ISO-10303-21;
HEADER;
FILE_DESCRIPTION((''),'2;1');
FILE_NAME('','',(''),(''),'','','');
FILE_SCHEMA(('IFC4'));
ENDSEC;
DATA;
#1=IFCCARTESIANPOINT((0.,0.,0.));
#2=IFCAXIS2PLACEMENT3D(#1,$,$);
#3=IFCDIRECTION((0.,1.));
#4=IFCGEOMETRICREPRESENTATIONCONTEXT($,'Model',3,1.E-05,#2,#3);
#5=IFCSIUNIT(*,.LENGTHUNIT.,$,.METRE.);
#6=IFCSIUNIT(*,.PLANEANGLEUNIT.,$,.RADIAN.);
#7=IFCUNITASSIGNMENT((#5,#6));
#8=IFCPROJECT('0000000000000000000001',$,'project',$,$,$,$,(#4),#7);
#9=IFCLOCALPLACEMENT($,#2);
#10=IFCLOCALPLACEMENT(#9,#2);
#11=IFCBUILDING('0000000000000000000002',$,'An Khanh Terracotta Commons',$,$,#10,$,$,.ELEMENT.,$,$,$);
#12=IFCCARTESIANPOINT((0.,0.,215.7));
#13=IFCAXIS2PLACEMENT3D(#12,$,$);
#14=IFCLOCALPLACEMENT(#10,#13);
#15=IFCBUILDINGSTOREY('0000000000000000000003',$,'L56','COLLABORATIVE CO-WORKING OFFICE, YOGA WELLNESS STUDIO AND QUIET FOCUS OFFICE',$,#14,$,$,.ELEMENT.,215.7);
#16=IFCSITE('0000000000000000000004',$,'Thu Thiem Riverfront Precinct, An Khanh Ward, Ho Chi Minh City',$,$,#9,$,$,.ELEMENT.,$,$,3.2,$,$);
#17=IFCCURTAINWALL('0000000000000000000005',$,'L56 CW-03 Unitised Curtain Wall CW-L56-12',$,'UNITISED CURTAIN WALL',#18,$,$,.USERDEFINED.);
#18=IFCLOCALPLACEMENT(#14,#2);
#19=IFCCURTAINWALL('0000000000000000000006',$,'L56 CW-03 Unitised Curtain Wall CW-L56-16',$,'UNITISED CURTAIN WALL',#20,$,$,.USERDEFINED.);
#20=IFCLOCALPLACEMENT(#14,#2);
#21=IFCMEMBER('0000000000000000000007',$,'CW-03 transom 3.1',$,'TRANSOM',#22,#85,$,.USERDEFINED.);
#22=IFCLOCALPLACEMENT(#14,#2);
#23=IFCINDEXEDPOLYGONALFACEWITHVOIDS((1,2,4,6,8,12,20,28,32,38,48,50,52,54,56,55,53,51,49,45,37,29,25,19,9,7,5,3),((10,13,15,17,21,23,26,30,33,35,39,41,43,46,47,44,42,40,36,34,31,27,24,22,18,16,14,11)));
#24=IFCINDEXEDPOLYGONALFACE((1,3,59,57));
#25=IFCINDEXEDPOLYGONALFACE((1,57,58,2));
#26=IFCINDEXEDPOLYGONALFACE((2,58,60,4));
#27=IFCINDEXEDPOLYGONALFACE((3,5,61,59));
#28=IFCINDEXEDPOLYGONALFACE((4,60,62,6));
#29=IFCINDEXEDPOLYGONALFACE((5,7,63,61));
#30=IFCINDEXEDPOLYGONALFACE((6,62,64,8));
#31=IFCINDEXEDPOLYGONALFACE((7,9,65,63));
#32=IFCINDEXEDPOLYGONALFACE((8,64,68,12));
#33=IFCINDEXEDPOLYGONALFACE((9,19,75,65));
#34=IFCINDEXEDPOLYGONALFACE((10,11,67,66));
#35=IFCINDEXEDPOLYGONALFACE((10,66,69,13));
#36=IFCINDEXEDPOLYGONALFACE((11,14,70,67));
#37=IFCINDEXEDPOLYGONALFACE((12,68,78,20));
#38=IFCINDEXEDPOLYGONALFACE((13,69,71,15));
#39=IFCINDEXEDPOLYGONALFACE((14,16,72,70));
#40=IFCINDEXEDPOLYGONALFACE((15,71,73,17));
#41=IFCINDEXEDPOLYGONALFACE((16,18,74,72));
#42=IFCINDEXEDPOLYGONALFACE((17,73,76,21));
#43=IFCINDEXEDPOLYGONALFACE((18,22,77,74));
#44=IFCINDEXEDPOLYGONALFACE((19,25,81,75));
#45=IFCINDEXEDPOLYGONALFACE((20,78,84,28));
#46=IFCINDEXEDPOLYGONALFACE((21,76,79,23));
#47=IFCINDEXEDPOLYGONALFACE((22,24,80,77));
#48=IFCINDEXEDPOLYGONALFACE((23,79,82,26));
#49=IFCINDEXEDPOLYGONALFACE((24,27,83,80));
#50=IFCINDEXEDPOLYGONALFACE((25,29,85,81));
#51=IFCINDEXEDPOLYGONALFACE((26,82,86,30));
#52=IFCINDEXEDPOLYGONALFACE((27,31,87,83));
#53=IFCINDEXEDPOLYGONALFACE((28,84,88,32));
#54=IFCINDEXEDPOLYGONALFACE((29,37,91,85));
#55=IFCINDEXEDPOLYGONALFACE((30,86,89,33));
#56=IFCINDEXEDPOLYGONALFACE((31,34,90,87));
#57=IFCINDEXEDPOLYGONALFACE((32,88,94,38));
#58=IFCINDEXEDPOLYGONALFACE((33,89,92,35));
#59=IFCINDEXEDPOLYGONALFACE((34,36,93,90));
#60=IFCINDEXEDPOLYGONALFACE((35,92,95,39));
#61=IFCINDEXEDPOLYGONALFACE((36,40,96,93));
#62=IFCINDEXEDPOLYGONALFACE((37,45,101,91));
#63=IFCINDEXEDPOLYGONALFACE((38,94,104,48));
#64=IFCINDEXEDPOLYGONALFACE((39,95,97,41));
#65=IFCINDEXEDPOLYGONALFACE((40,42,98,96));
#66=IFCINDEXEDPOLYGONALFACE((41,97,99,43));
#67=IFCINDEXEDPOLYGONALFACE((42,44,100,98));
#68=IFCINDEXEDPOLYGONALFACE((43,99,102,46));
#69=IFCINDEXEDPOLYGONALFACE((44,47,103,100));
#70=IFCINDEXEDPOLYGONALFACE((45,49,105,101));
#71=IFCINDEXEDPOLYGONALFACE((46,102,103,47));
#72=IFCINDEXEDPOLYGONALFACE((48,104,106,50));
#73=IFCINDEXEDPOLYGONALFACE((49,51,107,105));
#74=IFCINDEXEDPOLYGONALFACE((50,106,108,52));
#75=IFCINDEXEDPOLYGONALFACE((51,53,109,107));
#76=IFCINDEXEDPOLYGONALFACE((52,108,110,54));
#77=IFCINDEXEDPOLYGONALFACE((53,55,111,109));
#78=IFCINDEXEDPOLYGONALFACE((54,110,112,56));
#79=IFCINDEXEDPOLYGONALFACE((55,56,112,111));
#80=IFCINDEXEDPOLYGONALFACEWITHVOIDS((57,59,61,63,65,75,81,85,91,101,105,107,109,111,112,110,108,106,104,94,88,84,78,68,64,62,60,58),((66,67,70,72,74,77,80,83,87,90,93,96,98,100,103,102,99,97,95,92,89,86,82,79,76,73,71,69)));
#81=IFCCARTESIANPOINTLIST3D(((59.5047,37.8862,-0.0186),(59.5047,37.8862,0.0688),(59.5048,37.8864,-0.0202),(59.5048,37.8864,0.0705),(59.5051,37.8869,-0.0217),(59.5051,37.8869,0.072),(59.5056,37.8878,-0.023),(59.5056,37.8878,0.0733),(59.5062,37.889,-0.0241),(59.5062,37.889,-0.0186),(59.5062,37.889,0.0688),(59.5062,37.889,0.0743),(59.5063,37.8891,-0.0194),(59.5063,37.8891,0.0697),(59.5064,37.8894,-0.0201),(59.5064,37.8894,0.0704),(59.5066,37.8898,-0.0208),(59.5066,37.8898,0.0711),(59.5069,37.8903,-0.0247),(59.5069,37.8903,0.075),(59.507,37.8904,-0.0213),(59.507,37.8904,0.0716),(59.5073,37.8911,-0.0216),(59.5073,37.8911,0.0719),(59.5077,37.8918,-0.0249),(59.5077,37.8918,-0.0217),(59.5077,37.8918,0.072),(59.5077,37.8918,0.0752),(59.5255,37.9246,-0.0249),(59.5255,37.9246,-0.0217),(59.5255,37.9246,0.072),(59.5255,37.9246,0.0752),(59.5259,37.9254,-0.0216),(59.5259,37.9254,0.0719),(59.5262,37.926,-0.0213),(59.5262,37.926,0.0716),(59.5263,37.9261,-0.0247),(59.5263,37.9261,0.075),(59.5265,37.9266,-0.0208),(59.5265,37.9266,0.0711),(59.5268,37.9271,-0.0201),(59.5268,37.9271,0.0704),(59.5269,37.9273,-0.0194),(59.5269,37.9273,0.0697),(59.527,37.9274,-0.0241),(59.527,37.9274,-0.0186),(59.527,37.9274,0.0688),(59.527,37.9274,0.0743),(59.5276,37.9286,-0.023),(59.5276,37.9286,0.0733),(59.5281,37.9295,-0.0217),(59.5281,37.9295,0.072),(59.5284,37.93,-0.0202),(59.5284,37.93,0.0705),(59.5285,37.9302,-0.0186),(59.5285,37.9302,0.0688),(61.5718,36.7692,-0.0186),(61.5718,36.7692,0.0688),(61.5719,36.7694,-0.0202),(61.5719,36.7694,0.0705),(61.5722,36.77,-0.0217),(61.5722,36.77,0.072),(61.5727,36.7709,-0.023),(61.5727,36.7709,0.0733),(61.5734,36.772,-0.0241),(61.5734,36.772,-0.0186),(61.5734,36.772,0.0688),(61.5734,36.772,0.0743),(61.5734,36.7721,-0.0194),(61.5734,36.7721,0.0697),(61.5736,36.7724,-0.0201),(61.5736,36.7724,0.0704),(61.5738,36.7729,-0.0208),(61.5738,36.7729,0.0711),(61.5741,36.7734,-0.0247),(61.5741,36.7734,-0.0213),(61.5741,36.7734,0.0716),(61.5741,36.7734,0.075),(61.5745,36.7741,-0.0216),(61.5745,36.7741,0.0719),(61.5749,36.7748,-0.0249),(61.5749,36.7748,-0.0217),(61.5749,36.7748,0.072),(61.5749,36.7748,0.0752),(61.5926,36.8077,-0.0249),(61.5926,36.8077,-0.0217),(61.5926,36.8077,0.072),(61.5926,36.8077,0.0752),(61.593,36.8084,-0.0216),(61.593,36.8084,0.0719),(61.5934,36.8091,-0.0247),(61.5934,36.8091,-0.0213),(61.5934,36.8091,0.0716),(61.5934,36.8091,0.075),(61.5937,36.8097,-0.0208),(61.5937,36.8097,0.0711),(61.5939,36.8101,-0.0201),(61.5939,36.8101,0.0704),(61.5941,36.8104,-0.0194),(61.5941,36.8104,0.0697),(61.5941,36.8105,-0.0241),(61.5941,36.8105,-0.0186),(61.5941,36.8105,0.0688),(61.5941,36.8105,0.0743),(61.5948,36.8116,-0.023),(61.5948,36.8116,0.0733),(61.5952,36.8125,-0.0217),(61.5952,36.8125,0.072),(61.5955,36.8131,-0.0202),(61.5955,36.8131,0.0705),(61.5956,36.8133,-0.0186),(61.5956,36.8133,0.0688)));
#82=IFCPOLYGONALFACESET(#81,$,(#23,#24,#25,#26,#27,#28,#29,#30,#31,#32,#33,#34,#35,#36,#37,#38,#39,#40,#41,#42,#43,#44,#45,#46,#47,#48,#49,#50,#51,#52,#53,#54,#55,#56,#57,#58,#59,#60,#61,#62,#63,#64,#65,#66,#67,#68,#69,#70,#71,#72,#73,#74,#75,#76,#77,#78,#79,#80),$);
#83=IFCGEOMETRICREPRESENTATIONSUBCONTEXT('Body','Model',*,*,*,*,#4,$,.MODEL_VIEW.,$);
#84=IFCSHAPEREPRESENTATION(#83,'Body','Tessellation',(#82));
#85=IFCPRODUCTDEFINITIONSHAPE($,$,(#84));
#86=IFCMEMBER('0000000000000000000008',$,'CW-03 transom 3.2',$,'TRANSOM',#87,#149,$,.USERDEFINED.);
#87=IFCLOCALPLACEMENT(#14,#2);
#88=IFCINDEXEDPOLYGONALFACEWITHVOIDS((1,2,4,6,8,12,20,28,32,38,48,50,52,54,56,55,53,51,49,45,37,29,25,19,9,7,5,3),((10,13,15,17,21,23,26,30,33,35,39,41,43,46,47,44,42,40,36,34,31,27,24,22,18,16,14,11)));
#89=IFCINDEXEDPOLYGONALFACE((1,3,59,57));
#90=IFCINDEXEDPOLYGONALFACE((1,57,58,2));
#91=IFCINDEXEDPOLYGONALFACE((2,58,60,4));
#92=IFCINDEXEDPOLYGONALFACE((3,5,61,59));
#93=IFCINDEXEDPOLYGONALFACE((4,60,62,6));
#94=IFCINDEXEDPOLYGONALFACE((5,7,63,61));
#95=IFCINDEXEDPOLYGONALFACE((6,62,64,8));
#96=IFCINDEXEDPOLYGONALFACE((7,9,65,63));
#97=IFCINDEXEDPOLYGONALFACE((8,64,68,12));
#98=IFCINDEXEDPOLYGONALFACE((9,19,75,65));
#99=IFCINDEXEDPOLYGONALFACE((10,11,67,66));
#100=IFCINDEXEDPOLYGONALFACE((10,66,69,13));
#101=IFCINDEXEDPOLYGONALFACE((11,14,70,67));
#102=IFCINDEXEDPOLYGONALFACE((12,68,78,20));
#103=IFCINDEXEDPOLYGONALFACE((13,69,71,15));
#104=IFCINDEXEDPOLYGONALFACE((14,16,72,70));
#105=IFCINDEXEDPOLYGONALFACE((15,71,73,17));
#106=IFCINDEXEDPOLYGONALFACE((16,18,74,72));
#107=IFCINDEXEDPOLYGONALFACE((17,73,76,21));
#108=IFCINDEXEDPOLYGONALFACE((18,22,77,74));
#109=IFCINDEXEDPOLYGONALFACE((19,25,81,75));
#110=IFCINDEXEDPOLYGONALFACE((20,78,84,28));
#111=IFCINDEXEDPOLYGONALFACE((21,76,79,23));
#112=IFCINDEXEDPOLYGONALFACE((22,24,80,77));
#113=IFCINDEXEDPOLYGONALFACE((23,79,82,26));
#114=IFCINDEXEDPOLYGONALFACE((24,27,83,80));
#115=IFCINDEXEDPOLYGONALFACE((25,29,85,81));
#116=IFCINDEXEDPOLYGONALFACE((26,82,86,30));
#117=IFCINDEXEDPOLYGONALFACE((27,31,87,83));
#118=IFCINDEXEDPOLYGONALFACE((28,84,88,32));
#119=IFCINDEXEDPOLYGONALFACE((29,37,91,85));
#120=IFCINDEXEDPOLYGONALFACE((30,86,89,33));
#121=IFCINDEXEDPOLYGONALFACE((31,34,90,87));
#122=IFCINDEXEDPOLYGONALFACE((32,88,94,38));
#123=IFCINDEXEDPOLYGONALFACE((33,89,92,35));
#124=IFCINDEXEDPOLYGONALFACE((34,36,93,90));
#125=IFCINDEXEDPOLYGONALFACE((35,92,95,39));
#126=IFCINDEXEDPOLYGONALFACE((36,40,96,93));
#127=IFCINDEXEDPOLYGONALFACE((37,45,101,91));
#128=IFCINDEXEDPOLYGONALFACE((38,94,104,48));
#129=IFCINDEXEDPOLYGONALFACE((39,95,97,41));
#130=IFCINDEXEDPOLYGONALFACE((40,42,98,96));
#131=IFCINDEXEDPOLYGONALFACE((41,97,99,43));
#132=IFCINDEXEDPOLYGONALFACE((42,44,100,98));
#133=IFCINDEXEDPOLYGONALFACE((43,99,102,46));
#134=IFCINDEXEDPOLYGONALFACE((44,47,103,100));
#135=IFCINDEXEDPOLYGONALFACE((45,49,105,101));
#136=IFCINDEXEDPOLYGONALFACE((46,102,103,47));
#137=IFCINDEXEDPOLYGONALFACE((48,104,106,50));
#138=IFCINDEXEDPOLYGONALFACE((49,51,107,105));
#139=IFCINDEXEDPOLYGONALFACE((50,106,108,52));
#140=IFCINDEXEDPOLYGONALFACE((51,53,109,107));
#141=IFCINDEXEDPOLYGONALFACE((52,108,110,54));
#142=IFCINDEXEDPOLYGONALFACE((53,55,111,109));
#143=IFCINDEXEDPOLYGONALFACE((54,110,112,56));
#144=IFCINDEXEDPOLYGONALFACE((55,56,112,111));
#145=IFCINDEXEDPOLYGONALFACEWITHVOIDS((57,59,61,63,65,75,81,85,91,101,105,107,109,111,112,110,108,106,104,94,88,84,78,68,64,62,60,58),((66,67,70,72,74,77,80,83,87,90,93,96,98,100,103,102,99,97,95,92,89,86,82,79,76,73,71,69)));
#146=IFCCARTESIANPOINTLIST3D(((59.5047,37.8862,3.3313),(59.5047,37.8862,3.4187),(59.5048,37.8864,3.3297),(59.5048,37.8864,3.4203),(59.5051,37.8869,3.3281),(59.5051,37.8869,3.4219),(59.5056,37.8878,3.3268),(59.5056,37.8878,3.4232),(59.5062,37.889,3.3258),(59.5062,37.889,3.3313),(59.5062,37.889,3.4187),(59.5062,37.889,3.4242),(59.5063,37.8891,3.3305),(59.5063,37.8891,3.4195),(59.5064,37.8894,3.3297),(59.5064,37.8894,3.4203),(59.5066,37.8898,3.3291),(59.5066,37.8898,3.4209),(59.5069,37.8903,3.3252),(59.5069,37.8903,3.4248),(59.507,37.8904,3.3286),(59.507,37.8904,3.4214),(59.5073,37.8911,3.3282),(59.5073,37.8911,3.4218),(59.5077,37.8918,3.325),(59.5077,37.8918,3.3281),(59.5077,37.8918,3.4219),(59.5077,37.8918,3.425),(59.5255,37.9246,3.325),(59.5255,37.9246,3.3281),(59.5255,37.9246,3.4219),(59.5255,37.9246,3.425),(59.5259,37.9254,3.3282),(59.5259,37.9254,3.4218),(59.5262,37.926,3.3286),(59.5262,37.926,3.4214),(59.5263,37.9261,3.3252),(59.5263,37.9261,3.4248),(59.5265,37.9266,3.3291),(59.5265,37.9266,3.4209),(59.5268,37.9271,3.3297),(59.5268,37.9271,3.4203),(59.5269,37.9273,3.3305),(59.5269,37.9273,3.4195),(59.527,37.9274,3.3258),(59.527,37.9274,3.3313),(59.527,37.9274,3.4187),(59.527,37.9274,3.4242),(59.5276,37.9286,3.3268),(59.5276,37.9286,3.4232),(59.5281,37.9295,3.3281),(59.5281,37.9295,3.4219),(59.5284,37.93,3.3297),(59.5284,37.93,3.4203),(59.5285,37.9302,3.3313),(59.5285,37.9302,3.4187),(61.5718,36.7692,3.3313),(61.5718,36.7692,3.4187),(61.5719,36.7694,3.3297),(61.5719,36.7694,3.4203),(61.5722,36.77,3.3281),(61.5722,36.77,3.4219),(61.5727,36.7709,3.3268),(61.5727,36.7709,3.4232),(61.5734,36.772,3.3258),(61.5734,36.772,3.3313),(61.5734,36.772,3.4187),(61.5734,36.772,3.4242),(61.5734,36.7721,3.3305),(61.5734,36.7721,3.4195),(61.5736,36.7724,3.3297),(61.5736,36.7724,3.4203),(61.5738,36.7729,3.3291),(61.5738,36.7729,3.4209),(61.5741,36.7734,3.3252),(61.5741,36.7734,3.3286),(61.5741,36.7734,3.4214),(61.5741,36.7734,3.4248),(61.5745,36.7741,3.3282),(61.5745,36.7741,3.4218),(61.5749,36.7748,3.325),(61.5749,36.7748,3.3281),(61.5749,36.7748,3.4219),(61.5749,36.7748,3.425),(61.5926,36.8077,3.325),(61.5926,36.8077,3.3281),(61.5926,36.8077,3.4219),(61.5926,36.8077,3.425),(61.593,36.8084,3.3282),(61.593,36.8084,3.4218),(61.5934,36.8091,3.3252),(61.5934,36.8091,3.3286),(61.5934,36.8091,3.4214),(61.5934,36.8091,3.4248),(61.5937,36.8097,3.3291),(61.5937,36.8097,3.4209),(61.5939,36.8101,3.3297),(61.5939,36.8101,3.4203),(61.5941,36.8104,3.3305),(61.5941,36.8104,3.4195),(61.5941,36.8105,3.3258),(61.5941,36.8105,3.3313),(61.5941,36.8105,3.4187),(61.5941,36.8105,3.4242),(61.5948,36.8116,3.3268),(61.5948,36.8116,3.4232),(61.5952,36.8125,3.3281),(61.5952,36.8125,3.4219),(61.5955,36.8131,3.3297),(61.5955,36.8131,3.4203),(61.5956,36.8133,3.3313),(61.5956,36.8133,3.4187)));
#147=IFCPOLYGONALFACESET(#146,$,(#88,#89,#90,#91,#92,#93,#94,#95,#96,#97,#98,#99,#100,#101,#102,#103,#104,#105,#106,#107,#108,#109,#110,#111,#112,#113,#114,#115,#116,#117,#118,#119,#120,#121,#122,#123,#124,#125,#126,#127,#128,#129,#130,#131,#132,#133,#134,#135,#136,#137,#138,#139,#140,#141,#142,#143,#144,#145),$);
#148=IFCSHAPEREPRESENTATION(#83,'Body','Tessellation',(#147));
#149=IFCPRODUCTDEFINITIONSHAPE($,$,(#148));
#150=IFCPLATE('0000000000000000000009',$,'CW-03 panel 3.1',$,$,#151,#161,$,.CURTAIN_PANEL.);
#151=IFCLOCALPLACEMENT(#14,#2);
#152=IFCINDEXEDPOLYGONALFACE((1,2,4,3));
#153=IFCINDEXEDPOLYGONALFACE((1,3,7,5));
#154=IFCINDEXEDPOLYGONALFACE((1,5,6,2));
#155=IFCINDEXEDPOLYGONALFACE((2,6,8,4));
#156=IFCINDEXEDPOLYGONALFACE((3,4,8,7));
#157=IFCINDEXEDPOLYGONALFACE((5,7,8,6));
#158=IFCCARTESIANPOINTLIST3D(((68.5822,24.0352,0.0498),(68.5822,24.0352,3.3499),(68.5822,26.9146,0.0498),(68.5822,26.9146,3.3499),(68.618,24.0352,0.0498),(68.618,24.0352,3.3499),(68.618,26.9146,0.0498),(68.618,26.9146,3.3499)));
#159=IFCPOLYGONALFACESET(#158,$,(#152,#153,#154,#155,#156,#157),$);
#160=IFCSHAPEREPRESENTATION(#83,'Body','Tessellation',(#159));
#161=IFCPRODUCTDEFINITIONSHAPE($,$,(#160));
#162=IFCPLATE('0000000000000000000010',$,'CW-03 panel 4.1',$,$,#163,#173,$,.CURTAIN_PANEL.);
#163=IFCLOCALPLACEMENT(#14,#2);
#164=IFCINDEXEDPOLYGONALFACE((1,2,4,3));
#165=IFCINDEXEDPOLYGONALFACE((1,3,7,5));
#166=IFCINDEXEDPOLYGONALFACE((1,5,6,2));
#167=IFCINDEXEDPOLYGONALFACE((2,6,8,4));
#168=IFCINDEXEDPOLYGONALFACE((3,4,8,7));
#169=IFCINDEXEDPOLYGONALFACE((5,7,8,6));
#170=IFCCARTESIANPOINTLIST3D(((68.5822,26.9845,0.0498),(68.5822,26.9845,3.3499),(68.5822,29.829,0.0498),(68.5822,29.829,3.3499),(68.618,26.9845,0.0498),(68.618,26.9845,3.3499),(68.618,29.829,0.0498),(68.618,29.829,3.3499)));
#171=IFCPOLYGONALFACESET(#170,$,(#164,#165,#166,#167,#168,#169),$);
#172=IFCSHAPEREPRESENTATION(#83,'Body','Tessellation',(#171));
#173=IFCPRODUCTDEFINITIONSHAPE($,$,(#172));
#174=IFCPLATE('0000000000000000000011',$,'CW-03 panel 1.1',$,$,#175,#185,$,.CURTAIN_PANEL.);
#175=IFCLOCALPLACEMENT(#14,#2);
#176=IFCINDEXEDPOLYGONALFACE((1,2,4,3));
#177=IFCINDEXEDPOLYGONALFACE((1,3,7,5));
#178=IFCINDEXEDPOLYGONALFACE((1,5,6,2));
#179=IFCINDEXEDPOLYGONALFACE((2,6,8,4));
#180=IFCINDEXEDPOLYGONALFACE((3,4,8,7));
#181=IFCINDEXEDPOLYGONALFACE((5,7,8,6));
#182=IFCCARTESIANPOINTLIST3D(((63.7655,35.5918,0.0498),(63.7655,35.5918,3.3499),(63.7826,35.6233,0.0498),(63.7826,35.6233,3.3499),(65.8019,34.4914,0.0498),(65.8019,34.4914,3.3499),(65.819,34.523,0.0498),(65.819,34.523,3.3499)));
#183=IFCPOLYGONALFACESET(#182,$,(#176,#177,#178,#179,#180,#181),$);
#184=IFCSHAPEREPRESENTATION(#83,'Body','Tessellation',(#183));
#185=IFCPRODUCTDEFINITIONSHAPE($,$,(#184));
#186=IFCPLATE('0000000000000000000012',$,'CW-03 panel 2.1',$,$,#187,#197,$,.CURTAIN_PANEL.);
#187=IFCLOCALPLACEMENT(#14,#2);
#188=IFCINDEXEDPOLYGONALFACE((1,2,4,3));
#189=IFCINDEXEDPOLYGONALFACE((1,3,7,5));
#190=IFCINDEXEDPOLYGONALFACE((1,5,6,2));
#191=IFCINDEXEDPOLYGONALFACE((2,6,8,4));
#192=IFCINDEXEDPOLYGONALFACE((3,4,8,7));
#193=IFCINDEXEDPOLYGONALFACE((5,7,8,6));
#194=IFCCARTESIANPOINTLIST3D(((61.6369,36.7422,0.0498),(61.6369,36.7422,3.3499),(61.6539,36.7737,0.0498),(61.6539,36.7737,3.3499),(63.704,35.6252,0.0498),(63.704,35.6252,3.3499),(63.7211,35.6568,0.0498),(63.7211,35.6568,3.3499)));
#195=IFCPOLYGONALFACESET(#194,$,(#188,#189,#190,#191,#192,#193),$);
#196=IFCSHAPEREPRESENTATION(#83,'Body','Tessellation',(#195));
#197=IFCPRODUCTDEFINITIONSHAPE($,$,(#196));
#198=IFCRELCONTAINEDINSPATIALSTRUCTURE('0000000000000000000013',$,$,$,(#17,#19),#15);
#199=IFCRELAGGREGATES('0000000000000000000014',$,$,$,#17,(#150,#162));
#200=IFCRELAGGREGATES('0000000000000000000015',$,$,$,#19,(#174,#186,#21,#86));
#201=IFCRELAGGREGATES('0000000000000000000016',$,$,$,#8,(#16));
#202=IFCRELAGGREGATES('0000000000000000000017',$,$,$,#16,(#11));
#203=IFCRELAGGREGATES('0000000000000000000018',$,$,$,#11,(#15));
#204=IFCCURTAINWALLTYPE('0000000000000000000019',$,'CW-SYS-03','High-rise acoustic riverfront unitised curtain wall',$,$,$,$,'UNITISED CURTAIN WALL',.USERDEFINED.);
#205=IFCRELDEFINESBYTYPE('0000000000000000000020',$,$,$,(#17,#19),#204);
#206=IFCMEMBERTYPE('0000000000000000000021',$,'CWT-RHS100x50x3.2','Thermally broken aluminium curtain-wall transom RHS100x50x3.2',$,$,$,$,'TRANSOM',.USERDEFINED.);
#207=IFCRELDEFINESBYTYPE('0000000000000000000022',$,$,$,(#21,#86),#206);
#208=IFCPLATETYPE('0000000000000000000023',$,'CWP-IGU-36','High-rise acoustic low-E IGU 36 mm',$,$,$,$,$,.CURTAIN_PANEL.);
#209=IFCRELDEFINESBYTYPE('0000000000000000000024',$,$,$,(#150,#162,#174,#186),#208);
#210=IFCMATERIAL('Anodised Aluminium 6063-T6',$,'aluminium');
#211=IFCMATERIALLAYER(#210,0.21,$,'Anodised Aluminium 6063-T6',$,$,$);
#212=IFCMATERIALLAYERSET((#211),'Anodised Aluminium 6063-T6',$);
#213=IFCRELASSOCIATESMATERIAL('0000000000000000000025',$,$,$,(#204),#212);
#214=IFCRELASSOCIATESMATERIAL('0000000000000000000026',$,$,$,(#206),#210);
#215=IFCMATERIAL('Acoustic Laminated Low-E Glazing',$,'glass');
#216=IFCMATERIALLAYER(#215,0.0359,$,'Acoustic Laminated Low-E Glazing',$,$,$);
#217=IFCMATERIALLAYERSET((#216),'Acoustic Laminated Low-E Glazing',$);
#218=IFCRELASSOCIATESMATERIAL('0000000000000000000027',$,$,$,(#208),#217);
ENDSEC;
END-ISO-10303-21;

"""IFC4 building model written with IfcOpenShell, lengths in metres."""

from ifc_helpers import new_model, si_unit, direction, frame, origin, origin_2d, place, context, subcontext, project, spatial, rectangle, hollow_rectangle, extrude, material, layer, layer_set, material_profile, profile_set, type_object, element, aggregate, save


model = new_model("IFC4")

# Units and contexts
model_context = context("Model", 3, precision=1e-05, world=origin(), true_north=direction((0.0, 1.0)))
body_context = subcontext(model_context, "Body", "Model", "MODEL_VIEW")
ifc_project = project(units=[si_unit("LENGTHUNIT", "METRE"), si_unit("PLANEANGLEUNIT", "RADIAN")], contexts=[model_context])

# Site, building, storey
site_placement = place(None, origin())
site = spatial("IfcSite", under=ifc_project, at=site_placement, Name="Thu Thiem Riverfront Precinct, An Khanh Ward, Ho Chi Minh City", CompositionType="ELEMENT", RefElevation=3.2)
building_placement = place(site_placement, origin())
building = spatial("IfcBuilding", under=site, at=building_placement, Name="An Khanh Terracotta Commons", CompositionType="ELEMENT")
storey_placement = place(building_placement, frame((0.0, 0.0, 215.7)))
storey = spatial("IfcBuildingStorey", under=building, at=storey_placement, Name="L56", Description="COLLABORATIVE CO-WORKING OFFICE, YOGA WELLNESS STUDIO AND QUIET FOCUS OFFICE", CompositionType="ELEMENT", Elevation=215.7)

# Curtain walls
ifc_material_1 = material(Name="Anodised Aluminium 6063-T6", Category="aluminium")
ifc_layer_1 = layer(ifc_material_1, 0.21, Name="Anodised Aluminium 6063-T6")
ifc_layer_set_1 = layer_set([ifc_layer_1], Name="Anodised Aluminium 6063-T6")
curtain_wall_type = type_object("IfcCurtainWallType", Name="CW-SYS-03", Description="High-rise acoustic riverfront unitised curtain wall", ElementType="UNITISED CURTAIN WALL", PredefinedType="USERDEFINED", material=ifc_layer_set_1)
curtain_wall_1_placement = place(storey_placement, origin())
curtain_wall_1 = element("IfcCurtainWall", 1, at=curtain_wall_1_placement, inside=storey, type_object=curtain_wall_type, Name="L56 CW-03 Unitised Curtain Wall CW-L56-12", ObjectType="UNITISED CURTAIN WALL", PredefinedType="USERDEFINED")
curtain_wall_2_placement = place(storey_placement, origin())
curtain_wall_2 = element("IfcCurtainWall", 2, at=curtain_wall_2_placement, inside=storey, type_object=curtain_wall_type, Name="L56 CW-03 Unitised Curtain Wall CW-L56-16", ObjectType="UNITISED CURTAIN WALL", PredefinedType="USERDEFINED")

# Members
ifc_material_profile_1 = material_profile(ifc_material_1, hollow_rectangle(XDim=0.05, YDim=0.1001, WallThickness=0.0032, InnerFilletRadius=0.0032, OuterFilletRadius=0.0063, at=origin_2d()), Name="RHS100x50x3.2")
ifc_profile_set_1 = profile_set([ifc_material_profile_1], Name="Anodised Aluminium 6063-T6")
member_type_1 = type_object("IfcMemberType", Name="CWT-RHS100x50x3.2", Description="Thermally broken aluminium curtain-wall transom RHS100x50x3.2", ElementType="TRANSOM", PredefinedType="USERDEFINED", material=ifc_profile_set_1)
member_1_placement = place(storey_placement, frame((61.5837, 36.7913, 0.0251), z_axis=(-0.879783, 0.475376, 0.0), x_axis=(-0.475376, -0.879783, 0.0)))
member_1 = element("IfcMember", 3, at=member_1_placement, type_object=member_type_1, Name="CW-03 transom 3.1", ObjectType="TRANSOM", PredefinedType="USERDEFINED", context=body_context, shape_type="SweptSolid", body=[
    extrude(hollow_rectangle(XDim=0.05, YDim=0.1001, WallThickness=0.0032, InnerFilletRadius=0.0032, OuterFilletRadius=0.0063, at=origin_2d()), origin(), (0.0, 0.0, 1.0), 2.3496),
])
member_2_placement = place(storey_placement, frame((61.5837, 36.7913, 3.375), z_axis=(-0.879783, 0.475376, 0.0), x_axis=(-0.475376, -0.879783, 0.0)))
member_2 = element("IfcMember", 4, at=member_2_placement, type_object=member_type_1, Name="CW-03 transom 3.2", ObjectType="TRANSOM", PredefinedType="USERDEFINED", context=body_context, shape_type="SweptSolid", body=[
    extrude(hollow_rectangle(XDim=0.05, YDim=0.1001, WallThickness=0.0032, InnerFilletRadius=0.0032, OuterFilletRadius=0.0063, at=origin_2d()), origin(), (0.0, 0.0, 1.0), 2.3496),
])

# Plates
ifc_material_2 = material(Name="Acoustic Laminated Low-E Glazing", Category="glass")
ifc_layer_2 = layer(ifc_material_2, 0.0359, Name="Acoustic Laminated Low-E Glazing")
ifc_layer_set_2 = layer_set([ifc_layer_2], Name="Acoustic Laminated Low-E Glazing")
plate_type = type_object("IfcPlateType", Name="CWP-IGU-36", Description="High-rise acoustic low-E IGU 36 mm", PredefinedType="CURTAIN_PANEL", material=ifc_layer_set_2)
plate_1_placement = place(storey_placement, frame((68.6001, 25.4749, 0.0498), z_axis=(0.0, 0.0, 1.0), x_axis=(0.0, 1.0, 0.0)))
plate_1 = element("IfcPlate", 5, at=plate_1_placement, type_object=plate_type, Name="CW-03 panel 3.1", PredefinedType="CURTAIN_PANEL", context=body_context, shape_type="SweptSolid", body=[
    extrude(rectangle(XDim=2.8794, YDim=0.0359, at=origin_2d()), origin(), (0.0, 0.0, 1.0), 3.3),
])
plate_2_placement = place(storey_placement, frame((68.6001, 28.4067, 0.0498), z_axis=(0.0, 0.0, 1.0), x_axis=(0.0, 1.0, 0.0)))
plate_2 = element("IfcPlate", 6, at=plate_2_placement, type_object=plate_type, Name="CW-03 panel 4.1", PredefinedType="CURTAIN_PANEL", context=body_context, shape_type="SweptSolid", body=[
    extrude(rectangle(XDim=2.8445, YDim=0.0359, at=origin_2d()), origin(), (0.0, 0.0, 1.0), 3.3),
])
aggregate(curtain_wall_1, [plate_1, plate_2])
plate_3_placement = place(storey_placement, frame((64.7922, 35.0574, 0.0498), z_axis=(0.0, 0.0, 1.0), x_axis=(-0.87978, 0.475381, 0.0)))
plate_3 = element("IfcPlate", 7, at=plate_3_placement, type_object=plate_type, Name="CW-03 panel 1.1", PredefinedType="CURTAIN_PANEL", context=body_context, shape_type="SweptSolid", body=[
    extrude(rectangle(XDim=2.3147, YDim=0.0359, at=origin_2d()), origin(), (0.0, 0.0, 1.0), 3.3),
])
plate_4_placement = place(storey_placement, frame((62.679, 36.1995, 0.0498), z_axis=(0.0, 0.0, 1.0), x_axis=(-0.87978, 0.475381, 0.0)))
plate_4 = element("IfcPlate", 8, at=plate_4_placement, type_object=plate_type, Name="CW-03 panel 2.1", PredefinedType="CURTAIN_PANEL", context=body_context, shape_type="SweptSolid", body=[
    extrude(rectangle(XDim=2.3496, YDim=0.0359, at=origin_2d()), origin(), (0.0, 0.0, 1.0), 3.3),
])
aggregate(curtain_wall_2, [plate_3, plate_4, member_1, member_2])

save(model, "model.ifc")
